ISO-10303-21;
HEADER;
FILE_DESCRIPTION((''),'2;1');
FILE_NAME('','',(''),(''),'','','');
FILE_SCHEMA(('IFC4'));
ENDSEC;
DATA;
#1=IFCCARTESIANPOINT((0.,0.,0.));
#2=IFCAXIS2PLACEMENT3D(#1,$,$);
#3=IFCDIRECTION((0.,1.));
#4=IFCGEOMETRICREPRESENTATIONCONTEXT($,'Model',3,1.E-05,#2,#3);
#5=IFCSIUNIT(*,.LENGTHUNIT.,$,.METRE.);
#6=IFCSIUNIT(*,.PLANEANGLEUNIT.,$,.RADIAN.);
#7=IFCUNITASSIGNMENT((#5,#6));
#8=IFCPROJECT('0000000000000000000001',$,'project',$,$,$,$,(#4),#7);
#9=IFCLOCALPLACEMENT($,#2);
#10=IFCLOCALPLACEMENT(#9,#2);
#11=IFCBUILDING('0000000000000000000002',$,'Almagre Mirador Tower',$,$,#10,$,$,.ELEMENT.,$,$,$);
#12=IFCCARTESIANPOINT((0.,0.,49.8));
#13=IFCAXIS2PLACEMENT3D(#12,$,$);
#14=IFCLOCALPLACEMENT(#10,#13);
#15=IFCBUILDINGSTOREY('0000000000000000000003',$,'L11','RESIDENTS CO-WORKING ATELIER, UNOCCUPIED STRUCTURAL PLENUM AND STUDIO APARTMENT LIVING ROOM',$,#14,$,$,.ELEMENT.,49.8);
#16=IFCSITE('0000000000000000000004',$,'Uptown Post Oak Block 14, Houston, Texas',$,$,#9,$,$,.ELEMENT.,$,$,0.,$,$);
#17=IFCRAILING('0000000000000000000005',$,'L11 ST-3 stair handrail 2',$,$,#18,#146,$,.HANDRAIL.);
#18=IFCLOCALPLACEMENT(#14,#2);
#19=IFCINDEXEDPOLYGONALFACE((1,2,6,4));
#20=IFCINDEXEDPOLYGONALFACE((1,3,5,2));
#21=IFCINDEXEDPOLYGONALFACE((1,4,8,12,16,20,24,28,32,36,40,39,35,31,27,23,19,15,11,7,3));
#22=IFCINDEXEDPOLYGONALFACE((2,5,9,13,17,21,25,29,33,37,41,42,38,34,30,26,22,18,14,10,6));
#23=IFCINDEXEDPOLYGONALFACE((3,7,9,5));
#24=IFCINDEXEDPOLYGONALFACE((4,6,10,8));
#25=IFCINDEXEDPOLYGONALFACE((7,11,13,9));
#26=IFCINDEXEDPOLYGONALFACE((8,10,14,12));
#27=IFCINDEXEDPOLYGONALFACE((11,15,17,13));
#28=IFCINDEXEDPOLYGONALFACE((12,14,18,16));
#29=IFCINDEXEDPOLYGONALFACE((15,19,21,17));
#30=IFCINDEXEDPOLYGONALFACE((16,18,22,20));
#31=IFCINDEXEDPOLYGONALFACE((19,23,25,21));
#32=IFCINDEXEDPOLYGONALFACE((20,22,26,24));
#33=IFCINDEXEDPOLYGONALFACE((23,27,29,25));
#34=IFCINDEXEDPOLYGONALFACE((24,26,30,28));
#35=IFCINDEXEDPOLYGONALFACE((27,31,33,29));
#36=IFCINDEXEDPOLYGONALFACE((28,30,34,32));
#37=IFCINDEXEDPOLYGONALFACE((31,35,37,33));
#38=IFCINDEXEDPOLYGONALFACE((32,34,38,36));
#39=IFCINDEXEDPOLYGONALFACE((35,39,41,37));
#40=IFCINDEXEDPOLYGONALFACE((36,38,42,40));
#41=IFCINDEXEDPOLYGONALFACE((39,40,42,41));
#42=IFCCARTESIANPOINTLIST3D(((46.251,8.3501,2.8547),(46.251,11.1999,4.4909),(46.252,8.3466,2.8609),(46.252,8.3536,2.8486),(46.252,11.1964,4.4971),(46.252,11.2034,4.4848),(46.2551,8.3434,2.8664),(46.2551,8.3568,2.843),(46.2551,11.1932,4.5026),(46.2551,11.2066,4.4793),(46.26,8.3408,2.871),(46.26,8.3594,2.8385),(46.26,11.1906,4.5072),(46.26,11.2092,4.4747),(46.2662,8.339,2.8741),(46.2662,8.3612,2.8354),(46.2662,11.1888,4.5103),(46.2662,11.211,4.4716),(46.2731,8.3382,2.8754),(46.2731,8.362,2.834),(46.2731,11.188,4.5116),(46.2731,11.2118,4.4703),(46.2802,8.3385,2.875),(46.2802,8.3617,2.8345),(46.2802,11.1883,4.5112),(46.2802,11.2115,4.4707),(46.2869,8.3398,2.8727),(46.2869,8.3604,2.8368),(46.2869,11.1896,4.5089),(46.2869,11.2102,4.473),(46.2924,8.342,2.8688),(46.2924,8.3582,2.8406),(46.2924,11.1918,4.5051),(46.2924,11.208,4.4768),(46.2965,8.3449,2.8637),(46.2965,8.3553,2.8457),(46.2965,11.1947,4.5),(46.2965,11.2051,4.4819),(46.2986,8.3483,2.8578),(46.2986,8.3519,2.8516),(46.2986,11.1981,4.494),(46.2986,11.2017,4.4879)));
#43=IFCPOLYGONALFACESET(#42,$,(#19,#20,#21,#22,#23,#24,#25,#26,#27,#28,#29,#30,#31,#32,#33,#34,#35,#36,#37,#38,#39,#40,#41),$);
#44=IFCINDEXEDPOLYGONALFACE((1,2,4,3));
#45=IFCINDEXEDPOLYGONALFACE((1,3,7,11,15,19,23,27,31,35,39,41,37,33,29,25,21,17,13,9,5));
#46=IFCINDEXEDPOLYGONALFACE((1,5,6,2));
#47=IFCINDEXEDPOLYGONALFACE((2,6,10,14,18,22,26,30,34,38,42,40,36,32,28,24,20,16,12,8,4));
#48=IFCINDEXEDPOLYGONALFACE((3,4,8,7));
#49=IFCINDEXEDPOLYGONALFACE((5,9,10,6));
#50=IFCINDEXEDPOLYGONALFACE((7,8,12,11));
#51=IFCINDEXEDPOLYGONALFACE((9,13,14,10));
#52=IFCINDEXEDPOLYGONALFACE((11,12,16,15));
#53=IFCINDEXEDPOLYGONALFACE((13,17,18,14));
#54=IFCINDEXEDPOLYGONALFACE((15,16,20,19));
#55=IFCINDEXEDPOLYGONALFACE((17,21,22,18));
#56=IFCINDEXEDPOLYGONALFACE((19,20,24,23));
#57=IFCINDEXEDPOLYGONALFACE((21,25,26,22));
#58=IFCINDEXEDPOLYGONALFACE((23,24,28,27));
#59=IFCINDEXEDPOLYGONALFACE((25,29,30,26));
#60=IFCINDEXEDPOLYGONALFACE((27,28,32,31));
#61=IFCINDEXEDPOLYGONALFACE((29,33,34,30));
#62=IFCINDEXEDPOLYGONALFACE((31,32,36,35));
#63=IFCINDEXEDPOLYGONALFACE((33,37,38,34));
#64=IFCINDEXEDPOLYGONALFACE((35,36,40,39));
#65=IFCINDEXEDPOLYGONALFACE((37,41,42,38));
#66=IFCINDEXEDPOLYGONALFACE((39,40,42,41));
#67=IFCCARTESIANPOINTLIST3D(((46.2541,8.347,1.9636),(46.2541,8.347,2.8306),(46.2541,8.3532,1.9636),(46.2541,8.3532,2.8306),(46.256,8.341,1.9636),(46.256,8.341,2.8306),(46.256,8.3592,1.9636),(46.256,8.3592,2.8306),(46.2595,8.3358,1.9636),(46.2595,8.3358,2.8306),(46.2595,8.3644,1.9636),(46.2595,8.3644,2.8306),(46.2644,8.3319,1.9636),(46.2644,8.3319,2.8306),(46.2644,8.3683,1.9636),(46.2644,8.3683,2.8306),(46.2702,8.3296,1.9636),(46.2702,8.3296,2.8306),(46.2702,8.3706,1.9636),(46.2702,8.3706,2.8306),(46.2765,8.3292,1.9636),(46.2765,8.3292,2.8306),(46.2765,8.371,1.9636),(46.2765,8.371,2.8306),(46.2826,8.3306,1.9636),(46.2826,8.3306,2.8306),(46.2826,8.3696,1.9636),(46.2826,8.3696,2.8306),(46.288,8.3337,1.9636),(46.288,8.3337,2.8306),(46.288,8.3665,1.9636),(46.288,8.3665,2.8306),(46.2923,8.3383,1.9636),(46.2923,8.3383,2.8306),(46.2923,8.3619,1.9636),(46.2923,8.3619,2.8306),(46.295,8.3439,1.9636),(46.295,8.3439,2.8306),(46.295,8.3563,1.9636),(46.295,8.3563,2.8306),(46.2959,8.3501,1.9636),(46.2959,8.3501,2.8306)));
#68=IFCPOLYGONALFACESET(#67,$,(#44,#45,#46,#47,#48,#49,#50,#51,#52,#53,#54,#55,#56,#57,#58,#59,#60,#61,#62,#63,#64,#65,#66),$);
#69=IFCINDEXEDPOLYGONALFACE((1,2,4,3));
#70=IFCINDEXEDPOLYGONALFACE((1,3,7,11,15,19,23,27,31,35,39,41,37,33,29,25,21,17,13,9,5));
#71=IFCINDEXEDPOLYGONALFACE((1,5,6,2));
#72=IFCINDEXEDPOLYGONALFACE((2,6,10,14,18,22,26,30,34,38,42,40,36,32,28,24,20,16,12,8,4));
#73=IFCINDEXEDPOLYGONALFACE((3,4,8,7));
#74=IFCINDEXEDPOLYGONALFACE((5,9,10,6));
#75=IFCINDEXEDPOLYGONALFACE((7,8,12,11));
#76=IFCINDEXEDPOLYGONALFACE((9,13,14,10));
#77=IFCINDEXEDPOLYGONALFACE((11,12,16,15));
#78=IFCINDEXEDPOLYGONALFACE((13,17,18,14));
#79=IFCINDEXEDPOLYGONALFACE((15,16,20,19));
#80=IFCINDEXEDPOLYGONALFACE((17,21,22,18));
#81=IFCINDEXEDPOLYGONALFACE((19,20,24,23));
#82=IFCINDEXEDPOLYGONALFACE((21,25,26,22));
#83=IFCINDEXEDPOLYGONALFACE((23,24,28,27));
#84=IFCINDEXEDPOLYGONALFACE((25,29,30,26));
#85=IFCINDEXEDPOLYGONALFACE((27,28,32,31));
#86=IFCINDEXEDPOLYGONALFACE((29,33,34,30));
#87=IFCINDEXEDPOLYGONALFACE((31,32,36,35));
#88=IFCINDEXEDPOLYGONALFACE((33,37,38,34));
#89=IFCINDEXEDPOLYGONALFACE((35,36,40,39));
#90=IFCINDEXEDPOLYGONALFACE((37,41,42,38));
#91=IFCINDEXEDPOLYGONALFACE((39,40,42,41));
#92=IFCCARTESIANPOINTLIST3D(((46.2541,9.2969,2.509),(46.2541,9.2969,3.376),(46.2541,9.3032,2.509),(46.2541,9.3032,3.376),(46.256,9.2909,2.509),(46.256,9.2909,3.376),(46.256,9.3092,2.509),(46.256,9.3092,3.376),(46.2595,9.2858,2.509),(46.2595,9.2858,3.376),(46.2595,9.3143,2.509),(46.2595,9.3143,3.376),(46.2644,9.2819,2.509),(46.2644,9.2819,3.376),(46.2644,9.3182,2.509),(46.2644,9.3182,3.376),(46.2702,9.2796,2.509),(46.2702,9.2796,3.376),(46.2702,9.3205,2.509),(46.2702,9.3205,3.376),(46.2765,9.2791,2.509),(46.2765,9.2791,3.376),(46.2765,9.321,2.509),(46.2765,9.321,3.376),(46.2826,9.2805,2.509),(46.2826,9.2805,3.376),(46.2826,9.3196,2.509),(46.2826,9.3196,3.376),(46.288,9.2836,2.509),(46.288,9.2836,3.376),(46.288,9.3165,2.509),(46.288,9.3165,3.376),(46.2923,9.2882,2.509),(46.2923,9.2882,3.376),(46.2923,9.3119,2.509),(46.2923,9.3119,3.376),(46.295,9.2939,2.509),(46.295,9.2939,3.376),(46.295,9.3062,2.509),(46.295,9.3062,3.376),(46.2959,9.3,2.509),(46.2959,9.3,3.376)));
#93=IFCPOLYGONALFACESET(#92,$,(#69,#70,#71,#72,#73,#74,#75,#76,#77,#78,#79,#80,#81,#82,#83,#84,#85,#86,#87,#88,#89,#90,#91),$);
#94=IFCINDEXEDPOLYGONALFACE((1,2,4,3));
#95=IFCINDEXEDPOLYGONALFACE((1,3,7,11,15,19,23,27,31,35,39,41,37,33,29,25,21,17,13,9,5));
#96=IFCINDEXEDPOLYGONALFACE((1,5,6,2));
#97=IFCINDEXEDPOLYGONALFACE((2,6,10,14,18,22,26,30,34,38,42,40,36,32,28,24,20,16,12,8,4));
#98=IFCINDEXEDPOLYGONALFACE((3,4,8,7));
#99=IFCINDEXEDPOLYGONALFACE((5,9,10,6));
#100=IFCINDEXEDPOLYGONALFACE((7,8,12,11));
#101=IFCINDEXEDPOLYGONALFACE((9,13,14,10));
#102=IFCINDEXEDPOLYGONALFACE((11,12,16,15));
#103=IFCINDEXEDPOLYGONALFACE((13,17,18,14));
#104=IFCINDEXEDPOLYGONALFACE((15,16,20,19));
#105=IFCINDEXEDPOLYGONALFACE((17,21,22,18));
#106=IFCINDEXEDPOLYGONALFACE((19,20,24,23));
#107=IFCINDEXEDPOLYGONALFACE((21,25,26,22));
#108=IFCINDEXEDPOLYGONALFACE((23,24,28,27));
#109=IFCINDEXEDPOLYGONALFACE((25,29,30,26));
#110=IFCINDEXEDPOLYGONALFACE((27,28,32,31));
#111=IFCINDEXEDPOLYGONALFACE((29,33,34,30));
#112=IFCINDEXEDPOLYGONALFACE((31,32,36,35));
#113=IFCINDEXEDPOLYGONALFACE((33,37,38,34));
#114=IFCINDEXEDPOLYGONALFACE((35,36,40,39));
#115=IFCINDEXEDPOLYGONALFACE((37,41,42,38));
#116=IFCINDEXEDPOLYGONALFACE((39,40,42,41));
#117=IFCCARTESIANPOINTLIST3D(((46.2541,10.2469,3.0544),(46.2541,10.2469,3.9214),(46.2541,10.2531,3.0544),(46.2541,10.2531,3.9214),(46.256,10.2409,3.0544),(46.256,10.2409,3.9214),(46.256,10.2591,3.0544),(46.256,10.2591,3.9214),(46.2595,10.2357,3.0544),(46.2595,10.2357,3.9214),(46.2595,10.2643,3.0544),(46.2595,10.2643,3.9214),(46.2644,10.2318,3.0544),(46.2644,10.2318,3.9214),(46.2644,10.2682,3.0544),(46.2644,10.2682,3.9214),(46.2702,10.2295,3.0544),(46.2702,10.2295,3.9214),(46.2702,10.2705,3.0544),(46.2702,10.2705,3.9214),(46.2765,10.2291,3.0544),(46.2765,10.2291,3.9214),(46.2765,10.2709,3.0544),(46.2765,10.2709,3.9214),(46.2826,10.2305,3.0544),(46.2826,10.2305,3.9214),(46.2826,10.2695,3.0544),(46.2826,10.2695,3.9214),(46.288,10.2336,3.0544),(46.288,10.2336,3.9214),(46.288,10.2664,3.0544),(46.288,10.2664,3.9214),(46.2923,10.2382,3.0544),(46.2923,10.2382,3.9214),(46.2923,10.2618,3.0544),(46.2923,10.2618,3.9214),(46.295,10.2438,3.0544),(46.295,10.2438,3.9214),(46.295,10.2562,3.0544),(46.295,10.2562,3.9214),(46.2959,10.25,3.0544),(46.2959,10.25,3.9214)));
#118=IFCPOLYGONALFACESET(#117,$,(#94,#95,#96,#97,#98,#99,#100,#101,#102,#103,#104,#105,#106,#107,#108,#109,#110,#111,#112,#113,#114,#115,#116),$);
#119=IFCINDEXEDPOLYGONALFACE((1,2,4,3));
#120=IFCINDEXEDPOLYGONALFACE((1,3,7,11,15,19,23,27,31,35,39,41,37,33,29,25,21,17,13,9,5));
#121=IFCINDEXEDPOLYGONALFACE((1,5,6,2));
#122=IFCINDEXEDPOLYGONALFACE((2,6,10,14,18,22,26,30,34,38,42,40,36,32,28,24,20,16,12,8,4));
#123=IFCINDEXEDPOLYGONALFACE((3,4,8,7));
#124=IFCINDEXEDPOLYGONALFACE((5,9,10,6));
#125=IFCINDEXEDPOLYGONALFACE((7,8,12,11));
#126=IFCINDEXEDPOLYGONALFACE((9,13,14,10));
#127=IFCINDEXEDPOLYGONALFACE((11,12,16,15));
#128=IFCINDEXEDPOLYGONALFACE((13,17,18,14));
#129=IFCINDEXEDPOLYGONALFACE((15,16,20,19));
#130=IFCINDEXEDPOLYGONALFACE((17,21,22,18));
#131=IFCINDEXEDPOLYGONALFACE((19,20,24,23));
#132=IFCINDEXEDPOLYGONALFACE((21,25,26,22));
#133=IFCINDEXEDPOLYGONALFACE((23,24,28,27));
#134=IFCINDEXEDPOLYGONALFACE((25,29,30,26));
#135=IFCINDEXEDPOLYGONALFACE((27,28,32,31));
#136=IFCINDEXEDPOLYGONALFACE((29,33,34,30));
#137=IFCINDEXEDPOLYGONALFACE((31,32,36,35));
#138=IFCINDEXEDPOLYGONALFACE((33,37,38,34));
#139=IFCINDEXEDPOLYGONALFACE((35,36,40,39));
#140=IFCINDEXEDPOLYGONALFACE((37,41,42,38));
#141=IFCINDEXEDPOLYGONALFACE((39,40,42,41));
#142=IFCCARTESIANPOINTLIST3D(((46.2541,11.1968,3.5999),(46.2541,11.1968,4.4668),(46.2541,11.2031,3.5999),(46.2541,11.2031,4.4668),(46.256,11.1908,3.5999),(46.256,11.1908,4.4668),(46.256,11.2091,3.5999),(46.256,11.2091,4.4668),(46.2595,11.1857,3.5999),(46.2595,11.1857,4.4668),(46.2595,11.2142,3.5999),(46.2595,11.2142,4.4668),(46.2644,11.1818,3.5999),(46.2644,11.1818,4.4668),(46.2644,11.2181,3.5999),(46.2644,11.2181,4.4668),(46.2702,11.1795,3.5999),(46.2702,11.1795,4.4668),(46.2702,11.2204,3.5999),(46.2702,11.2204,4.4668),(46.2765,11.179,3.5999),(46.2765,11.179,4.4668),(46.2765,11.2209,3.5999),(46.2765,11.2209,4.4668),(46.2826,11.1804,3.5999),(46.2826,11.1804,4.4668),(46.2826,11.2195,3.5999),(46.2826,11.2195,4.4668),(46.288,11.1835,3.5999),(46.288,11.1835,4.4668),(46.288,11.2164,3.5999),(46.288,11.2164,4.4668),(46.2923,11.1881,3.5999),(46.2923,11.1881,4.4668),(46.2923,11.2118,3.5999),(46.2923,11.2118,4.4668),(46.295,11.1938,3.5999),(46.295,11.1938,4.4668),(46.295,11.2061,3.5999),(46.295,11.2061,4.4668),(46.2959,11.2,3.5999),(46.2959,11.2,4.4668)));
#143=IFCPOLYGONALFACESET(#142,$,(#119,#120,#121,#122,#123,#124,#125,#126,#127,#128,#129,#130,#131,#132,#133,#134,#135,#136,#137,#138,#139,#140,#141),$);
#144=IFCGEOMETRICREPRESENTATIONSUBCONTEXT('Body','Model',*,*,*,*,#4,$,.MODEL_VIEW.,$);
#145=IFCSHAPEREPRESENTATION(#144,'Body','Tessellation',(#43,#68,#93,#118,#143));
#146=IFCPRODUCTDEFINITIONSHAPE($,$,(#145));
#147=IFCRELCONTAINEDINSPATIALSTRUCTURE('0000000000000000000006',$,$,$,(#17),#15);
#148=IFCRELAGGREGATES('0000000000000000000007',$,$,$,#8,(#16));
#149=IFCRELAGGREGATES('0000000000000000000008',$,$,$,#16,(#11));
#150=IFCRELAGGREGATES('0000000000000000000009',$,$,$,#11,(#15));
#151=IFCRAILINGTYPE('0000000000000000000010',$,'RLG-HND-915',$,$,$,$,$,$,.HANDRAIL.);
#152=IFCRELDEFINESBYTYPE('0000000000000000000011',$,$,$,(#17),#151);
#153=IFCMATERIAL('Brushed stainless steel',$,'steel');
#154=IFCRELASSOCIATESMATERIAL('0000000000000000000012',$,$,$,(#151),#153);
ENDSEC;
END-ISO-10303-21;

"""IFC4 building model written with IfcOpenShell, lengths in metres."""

from ifc_helpers import new_model, si_unit, direction, frame, origin, origin_2d, place, context, subcontext, project, spatial, circle, extrude, material, type_object, element, save


model = new_model("IFC4")

# Units and contexts
model_context = context("Model", 3, precision=1e-05, world=origin(), true_north=direction((0.0, 1.0)))
body_context = subcontext(model_context, "Body", "Model", "MODEL_VIEW")
ifc_project = project(units=[si_unit("LENGTHUNIT", "METRE"), si_unit("PLANEANGLEUNIT", "RADIAN")], contexts=[model_context])

# Site, building, storey
site_placement = place(None, origin())
site = spatial("IfcSite", under=ifc_project, at=site_placement, Name="Uptown Post Oak Block 14, Houston, Texas", CompositionType="ELEMENT", RefElevation=0.0)
building_placement = place(site_placement, origin())
building = spatial("IfcBuilding", under=site, at=building_placement, Name="Almagre Mirador Tower", CompositionType="ELEMENT")
storey_placement = place(building_placement, frame((0.0, 0.0, 49.8)))
storey = spatial("IfcBuildingStorey", under=building, at=storey_placement, Name="L11", Description="RESIDENTS CO-WORKING ATELIER, UNOCCUPIED STRUCTURAL PLENUM AND STUDIO APARTMENT LIVING ROOM", CompositionType="ELEMENT", Elevation=49.8)

# Railing
ifc_material_1 = material(Name="Brushed stainless steel", Category="steel")
railing_type_1 = type_object("IfcRailingType", Name="RLG-HND-915", PredefinedType="HANDRAIL", material=ifc_material_1)
railing_1_placement = place(storey_placement, frame((46.2749, 8.3501, 1.9636)))
element("IfcRailing", 1, at=railing_1_placement, inside=storey, type_object=railing_type_1, Name="L11 ST-3 stair handrail 2", PredefinedType="HANDRAIL", context=body_context, shape_type="SweptSolid", body=[
    extrude(circle(Radius=0.0239, at=origin_2d()), frame((0.0, 0.0, 0.8911), z_axis=(0.0, 0.867226, 0.497914), x_axis=(-1.0, 0.0, 0.0)), (0.0, 0.0, 1.0), 3.2861),
    extrude(circle(Radius=0.021, at=origin_2d()), origin(), (0.0, 0.0, 1.0), 0.8669),
    extrude(circle(Radius=0.021, at=origin_2d()), frame((0.0, 0.95, 0.5454)), (0.0, 0.0, 1.0), 0.8669),
    extrude(circle(Radius=0.021, at=origin_2d()), frame((0.0, 1.8999, 1.0908)), (0.0, 0.0, 1.0), 0.8669),
    extrude(circle(Radius=0.021, at=origin_2d()), frame((0.0, 2.8499, 1.6362)), (0.0, 0.0, 1.0), 0.8669),
])

save(model, "model.ifc")
